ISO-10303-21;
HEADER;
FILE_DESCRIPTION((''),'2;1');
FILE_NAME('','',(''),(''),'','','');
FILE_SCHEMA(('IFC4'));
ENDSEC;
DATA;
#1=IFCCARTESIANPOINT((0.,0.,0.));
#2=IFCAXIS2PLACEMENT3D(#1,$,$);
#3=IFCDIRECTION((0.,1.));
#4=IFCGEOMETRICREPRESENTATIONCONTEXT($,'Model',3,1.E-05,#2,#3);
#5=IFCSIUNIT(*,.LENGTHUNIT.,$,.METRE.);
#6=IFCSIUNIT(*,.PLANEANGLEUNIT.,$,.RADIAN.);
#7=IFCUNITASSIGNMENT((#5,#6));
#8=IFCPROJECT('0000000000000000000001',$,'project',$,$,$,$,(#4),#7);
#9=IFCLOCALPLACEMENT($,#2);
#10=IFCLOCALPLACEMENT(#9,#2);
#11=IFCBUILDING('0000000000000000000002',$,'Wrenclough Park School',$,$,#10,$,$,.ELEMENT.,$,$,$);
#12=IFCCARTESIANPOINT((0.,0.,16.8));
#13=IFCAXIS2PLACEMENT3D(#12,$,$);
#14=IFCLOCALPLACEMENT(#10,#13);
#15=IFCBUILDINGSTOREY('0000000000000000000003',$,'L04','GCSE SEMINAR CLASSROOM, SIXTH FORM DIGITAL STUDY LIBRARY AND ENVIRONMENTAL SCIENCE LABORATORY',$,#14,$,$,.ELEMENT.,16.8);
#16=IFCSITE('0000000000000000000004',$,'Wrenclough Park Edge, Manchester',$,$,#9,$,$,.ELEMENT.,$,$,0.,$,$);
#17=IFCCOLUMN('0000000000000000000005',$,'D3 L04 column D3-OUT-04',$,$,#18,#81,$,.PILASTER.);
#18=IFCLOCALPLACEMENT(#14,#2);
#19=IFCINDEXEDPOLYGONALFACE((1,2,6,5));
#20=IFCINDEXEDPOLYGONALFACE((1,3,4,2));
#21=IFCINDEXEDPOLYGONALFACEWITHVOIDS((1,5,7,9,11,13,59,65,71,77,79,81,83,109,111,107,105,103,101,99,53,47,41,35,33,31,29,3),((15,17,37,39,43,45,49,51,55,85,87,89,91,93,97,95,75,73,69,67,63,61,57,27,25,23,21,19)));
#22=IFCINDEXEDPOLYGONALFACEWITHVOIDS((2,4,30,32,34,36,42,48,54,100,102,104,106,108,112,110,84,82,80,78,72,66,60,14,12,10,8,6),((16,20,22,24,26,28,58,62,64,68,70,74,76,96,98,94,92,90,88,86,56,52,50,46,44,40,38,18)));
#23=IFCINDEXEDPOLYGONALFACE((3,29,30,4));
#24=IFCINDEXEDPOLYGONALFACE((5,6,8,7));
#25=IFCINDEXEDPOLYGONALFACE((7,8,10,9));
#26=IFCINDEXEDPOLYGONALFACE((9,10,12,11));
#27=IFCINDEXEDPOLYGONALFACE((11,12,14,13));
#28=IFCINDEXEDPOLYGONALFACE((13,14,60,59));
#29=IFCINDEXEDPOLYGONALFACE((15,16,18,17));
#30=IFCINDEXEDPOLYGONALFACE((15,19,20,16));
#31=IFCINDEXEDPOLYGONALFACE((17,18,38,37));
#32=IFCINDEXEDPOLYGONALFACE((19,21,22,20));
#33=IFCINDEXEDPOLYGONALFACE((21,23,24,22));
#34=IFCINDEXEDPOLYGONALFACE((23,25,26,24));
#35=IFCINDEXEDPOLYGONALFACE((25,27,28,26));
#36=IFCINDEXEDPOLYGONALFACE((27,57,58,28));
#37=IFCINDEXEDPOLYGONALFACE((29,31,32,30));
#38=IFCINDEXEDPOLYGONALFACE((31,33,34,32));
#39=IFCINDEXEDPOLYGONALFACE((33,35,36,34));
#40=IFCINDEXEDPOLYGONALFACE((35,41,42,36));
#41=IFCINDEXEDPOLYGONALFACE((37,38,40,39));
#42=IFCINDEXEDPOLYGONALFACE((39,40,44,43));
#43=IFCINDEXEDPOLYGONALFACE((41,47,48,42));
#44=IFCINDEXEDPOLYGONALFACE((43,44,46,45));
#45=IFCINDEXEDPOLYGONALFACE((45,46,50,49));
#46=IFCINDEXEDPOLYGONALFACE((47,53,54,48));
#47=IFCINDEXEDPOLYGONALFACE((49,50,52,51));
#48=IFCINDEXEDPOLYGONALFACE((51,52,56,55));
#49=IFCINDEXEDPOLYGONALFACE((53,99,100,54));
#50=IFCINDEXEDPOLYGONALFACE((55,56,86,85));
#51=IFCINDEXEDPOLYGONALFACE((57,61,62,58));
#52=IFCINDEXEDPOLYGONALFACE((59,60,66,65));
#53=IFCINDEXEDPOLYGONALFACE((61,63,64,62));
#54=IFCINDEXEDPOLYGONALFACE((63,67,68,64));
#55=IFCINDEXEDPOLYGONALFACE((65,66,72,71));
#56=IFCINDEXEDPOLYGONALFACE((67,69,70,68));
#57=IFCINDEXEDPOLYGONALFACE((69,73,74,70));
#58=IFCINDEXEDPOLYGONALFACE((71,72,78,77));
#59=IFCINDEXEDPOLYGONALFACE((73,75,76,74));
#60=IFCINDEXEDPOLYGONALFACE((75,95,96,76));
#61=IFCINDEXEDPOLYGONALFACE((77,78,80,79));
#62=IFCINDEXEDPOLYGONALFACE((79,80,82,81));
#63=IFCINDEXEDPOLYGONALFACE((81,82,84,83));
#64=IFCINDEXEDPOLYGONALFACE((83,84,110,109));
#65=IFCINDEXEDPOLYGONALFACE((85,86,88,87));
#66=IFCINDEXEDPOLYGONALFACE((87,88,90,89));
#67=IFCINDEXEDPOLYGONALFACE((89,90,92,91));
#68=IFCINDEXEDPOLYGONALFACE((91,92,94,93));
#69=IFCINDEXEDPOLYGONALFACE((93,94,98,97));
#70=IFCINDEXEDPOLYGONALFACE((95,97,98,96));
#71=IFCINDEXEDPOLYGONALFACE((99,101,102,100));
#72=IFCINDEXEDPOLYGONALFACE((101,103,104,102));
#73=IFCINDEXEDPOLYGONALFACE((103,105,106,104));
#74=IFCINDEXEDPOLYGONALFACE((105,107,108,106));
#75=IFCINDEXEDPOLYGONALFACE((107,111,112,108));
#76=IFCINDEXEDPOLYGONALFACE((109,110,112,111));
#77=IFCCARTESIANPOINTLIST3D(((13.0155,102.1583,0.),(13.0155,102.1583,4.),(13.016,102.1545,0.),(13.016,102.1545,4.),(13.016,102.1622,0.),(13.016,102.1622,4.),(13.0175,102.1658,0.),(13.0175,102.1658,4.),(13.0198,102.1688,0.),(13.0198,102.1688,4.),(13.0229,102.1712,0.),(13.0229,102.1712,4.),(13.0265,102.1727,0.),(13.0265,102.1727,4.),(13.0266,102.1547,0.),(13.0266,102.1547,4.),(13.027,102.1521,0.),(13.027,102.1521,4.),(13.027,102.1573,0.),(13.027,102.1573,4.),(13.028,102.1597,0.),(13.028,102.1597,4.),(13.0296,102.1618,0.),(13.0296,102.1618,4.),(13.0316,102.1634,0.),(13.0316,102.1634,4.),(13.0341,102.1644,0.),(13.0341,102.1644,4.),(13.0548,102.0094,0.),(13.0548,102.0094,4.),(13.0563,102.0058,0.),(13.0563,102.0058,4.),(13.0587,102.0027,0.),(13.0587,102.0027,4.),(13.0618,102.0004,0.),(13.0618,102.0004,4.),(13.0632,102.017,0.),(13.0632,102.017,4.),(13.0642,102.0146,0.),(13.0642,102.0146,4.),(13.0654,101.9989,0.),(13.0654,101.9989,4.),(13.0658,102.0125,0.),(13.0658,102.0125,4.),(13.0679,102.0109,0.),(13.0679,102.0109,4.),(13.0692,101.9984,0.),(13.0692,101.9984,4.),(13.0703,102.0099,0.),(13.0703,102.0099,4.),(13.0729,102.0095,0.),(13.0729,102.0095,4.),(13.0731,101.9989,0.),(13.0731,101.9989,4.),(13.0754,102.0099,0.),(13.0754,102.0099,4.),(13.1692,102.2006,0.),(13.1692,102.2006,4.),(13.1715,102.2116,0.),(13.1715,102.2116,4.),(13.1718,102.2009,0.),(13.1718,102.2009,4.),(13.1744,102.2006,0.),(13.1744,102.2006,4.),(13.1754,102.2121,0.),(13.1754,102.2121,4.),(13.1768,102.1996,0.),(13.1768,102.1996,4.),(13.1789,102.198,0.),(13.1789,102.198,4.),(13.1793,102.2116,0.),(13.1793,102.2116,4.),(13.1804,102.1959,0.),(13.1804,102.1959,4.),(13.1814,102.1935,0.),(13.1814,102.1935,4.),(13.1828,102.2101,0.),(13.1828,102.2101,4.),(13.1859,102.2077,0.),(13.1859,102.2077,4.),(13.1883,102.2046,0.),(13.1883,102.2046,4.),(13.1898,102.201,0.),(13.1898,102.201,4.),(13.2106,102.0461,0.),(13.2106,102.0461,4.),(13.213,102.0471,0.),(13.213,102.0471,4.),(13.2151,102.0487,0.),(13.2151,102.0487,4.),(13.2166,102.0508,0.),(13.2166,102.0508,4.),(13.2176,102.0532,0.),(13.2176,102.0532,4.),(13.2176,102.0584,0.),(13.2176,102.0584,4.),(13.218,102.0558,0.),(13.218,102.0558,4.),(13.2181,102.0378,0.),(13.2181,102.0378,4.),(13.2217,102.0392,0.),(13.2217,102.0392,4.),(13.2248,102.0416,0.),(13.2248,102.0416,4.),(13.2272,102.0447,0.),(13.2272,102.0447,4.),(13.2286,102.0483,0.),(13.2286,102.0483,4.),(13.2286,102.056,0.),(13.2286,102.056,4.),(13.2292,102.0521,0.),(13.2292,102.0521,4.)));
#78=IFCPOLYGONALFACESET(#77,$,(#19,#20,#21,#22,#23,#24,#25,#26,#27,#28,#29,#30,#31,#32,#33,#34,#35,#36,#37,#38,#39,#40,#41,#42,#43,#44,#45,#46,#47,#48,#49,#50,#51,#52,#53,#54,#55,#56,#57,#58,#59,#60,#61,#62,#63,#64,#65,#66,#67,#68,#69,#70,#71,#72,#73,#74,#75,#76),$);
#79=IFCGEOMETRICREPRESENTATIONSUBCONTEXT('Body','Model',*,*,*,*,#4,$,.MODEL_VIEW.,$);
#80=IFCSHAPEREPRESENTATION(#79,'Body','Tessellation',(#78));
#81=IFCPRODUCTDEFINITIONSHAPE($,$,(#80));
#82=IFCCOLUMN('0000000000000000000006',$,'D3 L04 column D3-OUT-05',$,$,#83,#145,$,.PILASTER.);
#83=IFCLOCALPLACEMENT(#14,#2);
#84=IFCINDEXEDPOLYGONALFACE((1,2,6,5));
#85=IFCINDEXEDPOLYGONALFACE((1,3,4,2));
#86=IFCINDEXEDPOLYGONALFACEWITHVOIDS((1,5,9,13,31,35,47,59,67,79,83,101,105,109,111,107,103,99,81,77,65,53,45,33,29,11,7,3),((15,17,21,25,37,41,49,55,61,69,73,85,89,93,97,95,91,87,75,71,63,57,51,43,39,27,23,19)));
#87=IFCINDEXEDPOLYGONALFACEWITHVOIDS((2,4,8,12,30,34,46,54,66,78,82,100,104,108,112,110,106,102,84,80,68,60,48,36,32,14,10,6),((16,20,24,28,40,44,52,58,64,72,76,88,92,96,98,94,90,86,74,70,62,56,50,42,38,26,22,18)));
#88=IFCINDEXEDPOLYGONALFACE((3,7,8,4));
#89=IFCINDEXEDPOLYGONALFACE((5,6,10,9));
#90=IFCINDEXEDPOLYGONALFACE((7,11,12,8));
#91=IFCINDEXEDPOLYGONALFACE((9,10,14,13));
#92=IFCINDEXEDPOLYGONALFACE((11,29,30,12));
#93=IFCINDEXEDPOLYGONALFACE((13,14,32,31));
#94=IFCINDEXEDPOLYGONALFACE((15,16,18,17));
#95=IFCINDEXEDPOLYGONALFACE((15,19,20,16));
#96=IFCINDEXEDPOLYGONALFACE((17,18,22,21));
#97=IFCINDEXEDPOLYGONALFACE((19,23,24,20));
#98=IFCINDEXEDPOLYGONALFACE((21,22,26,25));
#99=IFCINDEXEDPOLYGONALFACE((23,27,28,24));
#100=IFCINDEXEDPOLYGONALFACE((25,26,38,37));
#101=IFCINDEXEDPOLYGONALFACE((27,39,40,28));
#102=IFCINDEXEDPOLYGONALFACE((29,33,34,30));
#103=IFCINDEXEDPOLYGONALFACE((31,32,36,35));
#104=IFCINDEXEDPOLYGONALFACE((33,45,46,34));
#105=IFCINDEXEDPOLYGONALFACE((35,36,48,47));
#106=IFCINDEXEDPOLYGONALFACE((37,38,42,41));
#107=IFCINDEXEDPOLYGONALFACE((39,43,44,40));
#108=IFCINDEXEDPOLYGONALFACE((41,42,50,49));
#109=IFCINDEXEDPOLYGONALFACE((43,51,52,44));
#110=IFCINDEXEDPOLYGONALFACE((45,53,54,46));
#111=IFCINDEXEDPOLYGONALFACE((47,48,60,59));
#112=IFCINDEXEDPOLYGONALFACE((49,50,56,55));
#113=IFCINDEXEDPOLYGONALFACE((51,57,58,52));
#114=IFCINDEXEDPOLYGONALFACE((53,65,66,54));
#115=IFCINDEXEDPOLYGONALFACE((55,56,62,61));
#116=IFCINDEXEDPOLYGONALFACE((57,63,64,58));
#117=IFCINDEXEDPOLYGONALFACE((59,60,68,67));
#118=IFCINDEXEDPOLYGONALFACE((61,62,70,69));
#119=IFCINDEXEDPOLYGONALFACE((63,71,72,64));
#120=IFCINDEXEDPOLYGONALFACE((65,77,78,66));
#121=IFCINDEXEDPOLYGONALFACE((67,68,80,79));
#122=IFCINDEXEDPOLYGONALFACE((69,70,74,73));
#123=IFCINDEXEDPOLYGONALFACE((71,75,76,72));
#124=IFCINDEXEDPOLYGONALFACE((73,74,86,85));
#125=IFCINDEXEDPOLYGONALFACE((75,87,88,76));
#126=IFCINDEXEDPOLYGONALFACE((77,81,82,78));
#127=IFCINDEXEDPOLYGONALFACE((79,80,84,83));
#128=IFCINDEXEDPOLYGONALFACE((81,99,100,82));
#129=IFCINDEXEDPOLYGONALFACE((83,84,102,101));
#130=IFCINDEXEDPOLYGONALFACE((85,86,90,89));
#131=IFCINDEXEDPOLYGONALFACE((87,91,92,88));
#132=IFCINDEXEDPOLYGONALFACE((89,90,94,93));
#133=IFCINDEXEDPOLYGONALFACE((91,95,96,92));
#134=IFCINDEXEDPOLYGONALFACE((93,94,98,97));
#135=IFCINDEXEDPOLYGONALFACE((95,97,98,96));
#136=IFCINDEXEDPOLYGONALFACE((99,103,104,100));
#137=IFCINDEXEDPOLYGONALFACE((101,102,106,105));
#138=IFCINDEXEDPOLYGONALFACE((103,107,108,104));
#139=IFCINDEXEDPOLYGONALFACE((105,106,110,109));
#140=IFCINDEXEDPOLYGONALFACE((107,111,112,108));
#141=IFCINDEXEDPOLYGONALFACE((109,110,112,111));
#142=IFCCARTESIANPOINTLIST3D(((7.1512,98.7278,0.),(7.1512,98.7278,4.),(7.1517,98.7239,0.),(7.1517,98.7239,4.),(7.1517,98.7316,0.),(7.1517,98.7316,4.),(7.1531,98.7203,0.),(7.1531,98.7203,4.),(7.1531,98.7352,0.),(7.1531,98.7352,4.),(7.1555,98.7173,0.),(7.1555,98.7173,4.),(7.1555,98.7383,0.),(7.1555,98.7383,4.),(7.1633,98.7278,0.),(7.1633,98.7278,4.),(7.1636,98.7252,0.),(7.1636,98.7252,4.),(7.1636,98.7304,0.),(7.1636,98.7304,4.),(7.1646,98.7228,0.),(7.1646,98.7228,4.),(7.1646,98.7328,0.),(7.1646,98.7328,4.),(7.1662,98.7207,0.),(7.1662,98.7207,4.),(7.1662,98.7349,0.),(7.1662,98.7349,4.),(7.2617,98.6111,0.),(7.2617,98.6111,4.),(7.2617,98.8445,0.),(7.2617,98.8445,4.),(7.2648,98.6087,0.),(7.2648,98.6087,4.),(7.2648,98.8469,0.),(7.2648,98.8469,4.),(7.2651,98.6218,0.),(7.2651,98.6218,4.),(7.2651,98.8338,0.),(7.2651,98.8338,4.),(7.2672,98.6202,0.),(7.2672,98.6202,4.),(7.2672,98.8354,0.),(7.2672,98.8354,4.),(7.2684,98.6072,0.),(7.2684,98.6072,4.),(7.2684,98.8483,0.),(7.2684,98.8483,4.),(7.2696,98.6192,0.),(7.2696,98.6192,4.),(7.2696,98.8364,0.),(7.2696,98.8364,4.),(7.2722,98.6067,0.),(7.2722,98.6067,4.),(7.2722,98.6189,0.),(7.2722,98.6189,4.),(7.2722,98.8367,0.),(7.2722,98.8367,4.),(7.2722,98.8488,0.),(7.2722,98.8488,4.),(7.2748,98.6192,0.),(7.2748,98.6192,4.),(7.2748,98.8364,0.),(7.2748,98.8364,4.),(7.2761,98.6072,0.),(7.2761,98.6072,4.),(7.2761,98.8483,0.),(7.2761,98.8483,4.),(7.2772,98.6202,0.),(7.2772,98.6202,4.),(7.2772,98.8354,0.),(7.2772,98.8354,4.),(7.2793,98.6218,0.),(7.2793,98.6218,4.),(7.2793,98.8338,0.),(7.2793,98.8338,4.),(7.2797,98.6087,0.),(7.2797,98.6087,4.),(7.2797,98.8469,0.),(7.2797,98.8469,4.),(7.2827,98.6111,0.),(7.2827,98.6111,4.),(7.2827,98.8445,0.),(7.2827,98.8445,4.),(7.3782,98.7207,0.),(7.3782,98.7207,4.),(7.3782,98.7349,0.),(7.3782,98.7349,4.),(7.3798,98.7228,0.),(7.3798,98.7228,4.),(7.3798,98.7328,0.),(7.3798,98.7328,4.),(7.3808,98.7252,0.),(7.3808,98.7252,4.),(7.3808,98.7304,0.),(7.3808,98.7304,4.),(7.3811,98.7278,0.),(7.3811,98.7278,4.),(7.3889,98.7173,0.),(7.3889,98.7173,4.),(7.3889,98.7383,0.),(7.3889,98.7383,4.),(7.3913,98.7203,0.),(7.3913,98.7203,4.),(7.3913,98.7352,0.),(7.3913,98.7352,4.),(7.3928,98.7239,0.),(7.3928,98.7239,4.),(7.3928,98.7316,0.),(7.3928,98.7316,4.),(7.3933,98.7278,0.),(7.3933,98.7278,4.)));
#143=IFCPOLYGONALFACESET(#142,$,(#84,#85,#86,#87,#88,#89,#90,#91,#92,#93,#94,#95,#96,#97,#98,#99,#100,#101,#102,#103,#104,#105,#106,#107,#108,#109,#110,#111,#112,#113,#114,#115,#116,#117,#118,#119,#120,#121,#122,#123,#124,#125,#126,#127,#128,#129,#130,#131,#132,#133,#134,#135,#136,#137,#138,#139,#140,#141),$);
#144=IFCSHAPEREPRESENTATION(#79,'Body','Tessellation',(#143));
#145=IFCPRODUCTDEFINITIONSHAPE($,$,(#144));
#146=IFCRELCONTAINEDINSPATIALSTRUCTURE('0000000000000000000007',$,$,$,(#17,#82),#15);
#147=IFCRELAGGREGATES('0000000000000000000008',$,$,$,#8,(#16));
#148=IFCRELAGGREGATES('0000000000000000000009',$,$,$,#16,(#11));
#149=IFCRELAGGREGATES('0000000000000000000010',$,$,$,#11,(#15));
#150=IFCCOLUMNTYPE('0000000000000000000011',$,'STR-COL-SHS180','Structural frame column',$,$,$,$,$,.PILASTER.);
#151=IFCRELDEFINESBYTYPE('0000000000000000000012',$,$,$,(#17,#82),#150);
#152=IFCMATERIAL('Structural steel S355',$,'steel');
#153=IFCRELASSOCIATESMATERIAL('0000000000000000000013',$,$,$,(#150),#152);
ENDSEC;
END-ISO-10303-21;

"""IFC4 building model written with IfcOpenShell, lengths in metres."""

from ifc_helpers import new_model, si_unit, direction, frame, origin, origin_2d, place, context, subcontext, project, spatial, hollow_rectangle, extrude, material, material_profile, profile_set, type_object, element, save


model = new_model("IFC4")

# Units and contexts
model_context = context("Model", 3, precision=1e-05, world=origin(), true_north=direction((0.0, 1.0)))
body_context = subcontext(model_context, "Body", "Model", "MODEL_VIEW")
ifc_project = project(units=[si_unit("LENGTHUNIT", "METRE"), si_unit("PLANEANGLEUNIT", "RADIAN")], contexts=[model_context])

# Site, building, storey
site_placement = place(None, origin())
site = spatial("IfcSite", under=ifc_project, at=site_placement, Name="Wrenclough Park Edge, Manchester", CompositionType="ELEMENT", RefElevation=0.0)
building_placement = place(site_placement, origin())
building = spatial("IfcBuilding", under=site, at=building_placement, Name="Wrenclough Park School", CompositionType="ELEMENT")
storey_placement = place(building_placement, frame((0.0, 0.0, 16.8)))
storey = spatial("IfcBuildingStorey", under=building, at=storey_placement, Name="L04", Description="GCSE SEMINAR CLASSROOM, SIXTH FORM DIGITAL STUDY LIBRARY AND ENVIRONMENTAL SCIENCE LABORATORY", CompositionType="ELEMENT", Elevation=16.8)

# Columns
ifc_material_1 = material(Name="Structural steel S355", Category="steel")
ifc_material_profile_1 = material_profile(ifc_material_1, hollow_rectangle(XDim=0.1799, YDim=0.1799, WallThickness=0.01, InnerFilletRadius=0.01, OuterFilletRadius=0.0149, at=origin_2d()), Name="SHS 180x180x10.0")
ifc_profile_set_1 = profile_set([ifc_material_profile_1], Name="Structural steel S355")
column_type = type_object("IfcColumnType", Name="STR-COL-SHS180", Description="Structural frame column", PredefinedType="PILASTER", material=ifc_profile_set_1)
for number, where, z_axis, x_axis, name in (
    (1, (13.1223, 102.1052, 0.0), (0.0, 0.0, 1.0), (-0.965926, -0.258819, 0.0), "D3 L04 column D3-OUT-04"),
    (2, (7.2722, 98.7278, 0.0), (0.0, 0.0, 1.0), (-0.707107, -0.707107, 0.0), "D3 L04 column D3-OUT-05"),
):
    element("IfcColumn", number, at=place(storey_placement, frame(where, z_axis=z_axis, x_axis=x_axis)), inside=storey, type_object=column_type, Name=name, PredefinedType="PILASTER", context=body_context, shape_type="SweptSolid", body=[
        extrude(hollow_rectangle(XDim=0.1799, YDim=0.1799, WallThickness=0.01, InnerFilletRadius=0.01, OuterFilletRadius=0.0149, at=origin_2d()), origin(), (0.0, 0.0, 1.0), 4.0),
    ])

save(model, "model.ifc")
